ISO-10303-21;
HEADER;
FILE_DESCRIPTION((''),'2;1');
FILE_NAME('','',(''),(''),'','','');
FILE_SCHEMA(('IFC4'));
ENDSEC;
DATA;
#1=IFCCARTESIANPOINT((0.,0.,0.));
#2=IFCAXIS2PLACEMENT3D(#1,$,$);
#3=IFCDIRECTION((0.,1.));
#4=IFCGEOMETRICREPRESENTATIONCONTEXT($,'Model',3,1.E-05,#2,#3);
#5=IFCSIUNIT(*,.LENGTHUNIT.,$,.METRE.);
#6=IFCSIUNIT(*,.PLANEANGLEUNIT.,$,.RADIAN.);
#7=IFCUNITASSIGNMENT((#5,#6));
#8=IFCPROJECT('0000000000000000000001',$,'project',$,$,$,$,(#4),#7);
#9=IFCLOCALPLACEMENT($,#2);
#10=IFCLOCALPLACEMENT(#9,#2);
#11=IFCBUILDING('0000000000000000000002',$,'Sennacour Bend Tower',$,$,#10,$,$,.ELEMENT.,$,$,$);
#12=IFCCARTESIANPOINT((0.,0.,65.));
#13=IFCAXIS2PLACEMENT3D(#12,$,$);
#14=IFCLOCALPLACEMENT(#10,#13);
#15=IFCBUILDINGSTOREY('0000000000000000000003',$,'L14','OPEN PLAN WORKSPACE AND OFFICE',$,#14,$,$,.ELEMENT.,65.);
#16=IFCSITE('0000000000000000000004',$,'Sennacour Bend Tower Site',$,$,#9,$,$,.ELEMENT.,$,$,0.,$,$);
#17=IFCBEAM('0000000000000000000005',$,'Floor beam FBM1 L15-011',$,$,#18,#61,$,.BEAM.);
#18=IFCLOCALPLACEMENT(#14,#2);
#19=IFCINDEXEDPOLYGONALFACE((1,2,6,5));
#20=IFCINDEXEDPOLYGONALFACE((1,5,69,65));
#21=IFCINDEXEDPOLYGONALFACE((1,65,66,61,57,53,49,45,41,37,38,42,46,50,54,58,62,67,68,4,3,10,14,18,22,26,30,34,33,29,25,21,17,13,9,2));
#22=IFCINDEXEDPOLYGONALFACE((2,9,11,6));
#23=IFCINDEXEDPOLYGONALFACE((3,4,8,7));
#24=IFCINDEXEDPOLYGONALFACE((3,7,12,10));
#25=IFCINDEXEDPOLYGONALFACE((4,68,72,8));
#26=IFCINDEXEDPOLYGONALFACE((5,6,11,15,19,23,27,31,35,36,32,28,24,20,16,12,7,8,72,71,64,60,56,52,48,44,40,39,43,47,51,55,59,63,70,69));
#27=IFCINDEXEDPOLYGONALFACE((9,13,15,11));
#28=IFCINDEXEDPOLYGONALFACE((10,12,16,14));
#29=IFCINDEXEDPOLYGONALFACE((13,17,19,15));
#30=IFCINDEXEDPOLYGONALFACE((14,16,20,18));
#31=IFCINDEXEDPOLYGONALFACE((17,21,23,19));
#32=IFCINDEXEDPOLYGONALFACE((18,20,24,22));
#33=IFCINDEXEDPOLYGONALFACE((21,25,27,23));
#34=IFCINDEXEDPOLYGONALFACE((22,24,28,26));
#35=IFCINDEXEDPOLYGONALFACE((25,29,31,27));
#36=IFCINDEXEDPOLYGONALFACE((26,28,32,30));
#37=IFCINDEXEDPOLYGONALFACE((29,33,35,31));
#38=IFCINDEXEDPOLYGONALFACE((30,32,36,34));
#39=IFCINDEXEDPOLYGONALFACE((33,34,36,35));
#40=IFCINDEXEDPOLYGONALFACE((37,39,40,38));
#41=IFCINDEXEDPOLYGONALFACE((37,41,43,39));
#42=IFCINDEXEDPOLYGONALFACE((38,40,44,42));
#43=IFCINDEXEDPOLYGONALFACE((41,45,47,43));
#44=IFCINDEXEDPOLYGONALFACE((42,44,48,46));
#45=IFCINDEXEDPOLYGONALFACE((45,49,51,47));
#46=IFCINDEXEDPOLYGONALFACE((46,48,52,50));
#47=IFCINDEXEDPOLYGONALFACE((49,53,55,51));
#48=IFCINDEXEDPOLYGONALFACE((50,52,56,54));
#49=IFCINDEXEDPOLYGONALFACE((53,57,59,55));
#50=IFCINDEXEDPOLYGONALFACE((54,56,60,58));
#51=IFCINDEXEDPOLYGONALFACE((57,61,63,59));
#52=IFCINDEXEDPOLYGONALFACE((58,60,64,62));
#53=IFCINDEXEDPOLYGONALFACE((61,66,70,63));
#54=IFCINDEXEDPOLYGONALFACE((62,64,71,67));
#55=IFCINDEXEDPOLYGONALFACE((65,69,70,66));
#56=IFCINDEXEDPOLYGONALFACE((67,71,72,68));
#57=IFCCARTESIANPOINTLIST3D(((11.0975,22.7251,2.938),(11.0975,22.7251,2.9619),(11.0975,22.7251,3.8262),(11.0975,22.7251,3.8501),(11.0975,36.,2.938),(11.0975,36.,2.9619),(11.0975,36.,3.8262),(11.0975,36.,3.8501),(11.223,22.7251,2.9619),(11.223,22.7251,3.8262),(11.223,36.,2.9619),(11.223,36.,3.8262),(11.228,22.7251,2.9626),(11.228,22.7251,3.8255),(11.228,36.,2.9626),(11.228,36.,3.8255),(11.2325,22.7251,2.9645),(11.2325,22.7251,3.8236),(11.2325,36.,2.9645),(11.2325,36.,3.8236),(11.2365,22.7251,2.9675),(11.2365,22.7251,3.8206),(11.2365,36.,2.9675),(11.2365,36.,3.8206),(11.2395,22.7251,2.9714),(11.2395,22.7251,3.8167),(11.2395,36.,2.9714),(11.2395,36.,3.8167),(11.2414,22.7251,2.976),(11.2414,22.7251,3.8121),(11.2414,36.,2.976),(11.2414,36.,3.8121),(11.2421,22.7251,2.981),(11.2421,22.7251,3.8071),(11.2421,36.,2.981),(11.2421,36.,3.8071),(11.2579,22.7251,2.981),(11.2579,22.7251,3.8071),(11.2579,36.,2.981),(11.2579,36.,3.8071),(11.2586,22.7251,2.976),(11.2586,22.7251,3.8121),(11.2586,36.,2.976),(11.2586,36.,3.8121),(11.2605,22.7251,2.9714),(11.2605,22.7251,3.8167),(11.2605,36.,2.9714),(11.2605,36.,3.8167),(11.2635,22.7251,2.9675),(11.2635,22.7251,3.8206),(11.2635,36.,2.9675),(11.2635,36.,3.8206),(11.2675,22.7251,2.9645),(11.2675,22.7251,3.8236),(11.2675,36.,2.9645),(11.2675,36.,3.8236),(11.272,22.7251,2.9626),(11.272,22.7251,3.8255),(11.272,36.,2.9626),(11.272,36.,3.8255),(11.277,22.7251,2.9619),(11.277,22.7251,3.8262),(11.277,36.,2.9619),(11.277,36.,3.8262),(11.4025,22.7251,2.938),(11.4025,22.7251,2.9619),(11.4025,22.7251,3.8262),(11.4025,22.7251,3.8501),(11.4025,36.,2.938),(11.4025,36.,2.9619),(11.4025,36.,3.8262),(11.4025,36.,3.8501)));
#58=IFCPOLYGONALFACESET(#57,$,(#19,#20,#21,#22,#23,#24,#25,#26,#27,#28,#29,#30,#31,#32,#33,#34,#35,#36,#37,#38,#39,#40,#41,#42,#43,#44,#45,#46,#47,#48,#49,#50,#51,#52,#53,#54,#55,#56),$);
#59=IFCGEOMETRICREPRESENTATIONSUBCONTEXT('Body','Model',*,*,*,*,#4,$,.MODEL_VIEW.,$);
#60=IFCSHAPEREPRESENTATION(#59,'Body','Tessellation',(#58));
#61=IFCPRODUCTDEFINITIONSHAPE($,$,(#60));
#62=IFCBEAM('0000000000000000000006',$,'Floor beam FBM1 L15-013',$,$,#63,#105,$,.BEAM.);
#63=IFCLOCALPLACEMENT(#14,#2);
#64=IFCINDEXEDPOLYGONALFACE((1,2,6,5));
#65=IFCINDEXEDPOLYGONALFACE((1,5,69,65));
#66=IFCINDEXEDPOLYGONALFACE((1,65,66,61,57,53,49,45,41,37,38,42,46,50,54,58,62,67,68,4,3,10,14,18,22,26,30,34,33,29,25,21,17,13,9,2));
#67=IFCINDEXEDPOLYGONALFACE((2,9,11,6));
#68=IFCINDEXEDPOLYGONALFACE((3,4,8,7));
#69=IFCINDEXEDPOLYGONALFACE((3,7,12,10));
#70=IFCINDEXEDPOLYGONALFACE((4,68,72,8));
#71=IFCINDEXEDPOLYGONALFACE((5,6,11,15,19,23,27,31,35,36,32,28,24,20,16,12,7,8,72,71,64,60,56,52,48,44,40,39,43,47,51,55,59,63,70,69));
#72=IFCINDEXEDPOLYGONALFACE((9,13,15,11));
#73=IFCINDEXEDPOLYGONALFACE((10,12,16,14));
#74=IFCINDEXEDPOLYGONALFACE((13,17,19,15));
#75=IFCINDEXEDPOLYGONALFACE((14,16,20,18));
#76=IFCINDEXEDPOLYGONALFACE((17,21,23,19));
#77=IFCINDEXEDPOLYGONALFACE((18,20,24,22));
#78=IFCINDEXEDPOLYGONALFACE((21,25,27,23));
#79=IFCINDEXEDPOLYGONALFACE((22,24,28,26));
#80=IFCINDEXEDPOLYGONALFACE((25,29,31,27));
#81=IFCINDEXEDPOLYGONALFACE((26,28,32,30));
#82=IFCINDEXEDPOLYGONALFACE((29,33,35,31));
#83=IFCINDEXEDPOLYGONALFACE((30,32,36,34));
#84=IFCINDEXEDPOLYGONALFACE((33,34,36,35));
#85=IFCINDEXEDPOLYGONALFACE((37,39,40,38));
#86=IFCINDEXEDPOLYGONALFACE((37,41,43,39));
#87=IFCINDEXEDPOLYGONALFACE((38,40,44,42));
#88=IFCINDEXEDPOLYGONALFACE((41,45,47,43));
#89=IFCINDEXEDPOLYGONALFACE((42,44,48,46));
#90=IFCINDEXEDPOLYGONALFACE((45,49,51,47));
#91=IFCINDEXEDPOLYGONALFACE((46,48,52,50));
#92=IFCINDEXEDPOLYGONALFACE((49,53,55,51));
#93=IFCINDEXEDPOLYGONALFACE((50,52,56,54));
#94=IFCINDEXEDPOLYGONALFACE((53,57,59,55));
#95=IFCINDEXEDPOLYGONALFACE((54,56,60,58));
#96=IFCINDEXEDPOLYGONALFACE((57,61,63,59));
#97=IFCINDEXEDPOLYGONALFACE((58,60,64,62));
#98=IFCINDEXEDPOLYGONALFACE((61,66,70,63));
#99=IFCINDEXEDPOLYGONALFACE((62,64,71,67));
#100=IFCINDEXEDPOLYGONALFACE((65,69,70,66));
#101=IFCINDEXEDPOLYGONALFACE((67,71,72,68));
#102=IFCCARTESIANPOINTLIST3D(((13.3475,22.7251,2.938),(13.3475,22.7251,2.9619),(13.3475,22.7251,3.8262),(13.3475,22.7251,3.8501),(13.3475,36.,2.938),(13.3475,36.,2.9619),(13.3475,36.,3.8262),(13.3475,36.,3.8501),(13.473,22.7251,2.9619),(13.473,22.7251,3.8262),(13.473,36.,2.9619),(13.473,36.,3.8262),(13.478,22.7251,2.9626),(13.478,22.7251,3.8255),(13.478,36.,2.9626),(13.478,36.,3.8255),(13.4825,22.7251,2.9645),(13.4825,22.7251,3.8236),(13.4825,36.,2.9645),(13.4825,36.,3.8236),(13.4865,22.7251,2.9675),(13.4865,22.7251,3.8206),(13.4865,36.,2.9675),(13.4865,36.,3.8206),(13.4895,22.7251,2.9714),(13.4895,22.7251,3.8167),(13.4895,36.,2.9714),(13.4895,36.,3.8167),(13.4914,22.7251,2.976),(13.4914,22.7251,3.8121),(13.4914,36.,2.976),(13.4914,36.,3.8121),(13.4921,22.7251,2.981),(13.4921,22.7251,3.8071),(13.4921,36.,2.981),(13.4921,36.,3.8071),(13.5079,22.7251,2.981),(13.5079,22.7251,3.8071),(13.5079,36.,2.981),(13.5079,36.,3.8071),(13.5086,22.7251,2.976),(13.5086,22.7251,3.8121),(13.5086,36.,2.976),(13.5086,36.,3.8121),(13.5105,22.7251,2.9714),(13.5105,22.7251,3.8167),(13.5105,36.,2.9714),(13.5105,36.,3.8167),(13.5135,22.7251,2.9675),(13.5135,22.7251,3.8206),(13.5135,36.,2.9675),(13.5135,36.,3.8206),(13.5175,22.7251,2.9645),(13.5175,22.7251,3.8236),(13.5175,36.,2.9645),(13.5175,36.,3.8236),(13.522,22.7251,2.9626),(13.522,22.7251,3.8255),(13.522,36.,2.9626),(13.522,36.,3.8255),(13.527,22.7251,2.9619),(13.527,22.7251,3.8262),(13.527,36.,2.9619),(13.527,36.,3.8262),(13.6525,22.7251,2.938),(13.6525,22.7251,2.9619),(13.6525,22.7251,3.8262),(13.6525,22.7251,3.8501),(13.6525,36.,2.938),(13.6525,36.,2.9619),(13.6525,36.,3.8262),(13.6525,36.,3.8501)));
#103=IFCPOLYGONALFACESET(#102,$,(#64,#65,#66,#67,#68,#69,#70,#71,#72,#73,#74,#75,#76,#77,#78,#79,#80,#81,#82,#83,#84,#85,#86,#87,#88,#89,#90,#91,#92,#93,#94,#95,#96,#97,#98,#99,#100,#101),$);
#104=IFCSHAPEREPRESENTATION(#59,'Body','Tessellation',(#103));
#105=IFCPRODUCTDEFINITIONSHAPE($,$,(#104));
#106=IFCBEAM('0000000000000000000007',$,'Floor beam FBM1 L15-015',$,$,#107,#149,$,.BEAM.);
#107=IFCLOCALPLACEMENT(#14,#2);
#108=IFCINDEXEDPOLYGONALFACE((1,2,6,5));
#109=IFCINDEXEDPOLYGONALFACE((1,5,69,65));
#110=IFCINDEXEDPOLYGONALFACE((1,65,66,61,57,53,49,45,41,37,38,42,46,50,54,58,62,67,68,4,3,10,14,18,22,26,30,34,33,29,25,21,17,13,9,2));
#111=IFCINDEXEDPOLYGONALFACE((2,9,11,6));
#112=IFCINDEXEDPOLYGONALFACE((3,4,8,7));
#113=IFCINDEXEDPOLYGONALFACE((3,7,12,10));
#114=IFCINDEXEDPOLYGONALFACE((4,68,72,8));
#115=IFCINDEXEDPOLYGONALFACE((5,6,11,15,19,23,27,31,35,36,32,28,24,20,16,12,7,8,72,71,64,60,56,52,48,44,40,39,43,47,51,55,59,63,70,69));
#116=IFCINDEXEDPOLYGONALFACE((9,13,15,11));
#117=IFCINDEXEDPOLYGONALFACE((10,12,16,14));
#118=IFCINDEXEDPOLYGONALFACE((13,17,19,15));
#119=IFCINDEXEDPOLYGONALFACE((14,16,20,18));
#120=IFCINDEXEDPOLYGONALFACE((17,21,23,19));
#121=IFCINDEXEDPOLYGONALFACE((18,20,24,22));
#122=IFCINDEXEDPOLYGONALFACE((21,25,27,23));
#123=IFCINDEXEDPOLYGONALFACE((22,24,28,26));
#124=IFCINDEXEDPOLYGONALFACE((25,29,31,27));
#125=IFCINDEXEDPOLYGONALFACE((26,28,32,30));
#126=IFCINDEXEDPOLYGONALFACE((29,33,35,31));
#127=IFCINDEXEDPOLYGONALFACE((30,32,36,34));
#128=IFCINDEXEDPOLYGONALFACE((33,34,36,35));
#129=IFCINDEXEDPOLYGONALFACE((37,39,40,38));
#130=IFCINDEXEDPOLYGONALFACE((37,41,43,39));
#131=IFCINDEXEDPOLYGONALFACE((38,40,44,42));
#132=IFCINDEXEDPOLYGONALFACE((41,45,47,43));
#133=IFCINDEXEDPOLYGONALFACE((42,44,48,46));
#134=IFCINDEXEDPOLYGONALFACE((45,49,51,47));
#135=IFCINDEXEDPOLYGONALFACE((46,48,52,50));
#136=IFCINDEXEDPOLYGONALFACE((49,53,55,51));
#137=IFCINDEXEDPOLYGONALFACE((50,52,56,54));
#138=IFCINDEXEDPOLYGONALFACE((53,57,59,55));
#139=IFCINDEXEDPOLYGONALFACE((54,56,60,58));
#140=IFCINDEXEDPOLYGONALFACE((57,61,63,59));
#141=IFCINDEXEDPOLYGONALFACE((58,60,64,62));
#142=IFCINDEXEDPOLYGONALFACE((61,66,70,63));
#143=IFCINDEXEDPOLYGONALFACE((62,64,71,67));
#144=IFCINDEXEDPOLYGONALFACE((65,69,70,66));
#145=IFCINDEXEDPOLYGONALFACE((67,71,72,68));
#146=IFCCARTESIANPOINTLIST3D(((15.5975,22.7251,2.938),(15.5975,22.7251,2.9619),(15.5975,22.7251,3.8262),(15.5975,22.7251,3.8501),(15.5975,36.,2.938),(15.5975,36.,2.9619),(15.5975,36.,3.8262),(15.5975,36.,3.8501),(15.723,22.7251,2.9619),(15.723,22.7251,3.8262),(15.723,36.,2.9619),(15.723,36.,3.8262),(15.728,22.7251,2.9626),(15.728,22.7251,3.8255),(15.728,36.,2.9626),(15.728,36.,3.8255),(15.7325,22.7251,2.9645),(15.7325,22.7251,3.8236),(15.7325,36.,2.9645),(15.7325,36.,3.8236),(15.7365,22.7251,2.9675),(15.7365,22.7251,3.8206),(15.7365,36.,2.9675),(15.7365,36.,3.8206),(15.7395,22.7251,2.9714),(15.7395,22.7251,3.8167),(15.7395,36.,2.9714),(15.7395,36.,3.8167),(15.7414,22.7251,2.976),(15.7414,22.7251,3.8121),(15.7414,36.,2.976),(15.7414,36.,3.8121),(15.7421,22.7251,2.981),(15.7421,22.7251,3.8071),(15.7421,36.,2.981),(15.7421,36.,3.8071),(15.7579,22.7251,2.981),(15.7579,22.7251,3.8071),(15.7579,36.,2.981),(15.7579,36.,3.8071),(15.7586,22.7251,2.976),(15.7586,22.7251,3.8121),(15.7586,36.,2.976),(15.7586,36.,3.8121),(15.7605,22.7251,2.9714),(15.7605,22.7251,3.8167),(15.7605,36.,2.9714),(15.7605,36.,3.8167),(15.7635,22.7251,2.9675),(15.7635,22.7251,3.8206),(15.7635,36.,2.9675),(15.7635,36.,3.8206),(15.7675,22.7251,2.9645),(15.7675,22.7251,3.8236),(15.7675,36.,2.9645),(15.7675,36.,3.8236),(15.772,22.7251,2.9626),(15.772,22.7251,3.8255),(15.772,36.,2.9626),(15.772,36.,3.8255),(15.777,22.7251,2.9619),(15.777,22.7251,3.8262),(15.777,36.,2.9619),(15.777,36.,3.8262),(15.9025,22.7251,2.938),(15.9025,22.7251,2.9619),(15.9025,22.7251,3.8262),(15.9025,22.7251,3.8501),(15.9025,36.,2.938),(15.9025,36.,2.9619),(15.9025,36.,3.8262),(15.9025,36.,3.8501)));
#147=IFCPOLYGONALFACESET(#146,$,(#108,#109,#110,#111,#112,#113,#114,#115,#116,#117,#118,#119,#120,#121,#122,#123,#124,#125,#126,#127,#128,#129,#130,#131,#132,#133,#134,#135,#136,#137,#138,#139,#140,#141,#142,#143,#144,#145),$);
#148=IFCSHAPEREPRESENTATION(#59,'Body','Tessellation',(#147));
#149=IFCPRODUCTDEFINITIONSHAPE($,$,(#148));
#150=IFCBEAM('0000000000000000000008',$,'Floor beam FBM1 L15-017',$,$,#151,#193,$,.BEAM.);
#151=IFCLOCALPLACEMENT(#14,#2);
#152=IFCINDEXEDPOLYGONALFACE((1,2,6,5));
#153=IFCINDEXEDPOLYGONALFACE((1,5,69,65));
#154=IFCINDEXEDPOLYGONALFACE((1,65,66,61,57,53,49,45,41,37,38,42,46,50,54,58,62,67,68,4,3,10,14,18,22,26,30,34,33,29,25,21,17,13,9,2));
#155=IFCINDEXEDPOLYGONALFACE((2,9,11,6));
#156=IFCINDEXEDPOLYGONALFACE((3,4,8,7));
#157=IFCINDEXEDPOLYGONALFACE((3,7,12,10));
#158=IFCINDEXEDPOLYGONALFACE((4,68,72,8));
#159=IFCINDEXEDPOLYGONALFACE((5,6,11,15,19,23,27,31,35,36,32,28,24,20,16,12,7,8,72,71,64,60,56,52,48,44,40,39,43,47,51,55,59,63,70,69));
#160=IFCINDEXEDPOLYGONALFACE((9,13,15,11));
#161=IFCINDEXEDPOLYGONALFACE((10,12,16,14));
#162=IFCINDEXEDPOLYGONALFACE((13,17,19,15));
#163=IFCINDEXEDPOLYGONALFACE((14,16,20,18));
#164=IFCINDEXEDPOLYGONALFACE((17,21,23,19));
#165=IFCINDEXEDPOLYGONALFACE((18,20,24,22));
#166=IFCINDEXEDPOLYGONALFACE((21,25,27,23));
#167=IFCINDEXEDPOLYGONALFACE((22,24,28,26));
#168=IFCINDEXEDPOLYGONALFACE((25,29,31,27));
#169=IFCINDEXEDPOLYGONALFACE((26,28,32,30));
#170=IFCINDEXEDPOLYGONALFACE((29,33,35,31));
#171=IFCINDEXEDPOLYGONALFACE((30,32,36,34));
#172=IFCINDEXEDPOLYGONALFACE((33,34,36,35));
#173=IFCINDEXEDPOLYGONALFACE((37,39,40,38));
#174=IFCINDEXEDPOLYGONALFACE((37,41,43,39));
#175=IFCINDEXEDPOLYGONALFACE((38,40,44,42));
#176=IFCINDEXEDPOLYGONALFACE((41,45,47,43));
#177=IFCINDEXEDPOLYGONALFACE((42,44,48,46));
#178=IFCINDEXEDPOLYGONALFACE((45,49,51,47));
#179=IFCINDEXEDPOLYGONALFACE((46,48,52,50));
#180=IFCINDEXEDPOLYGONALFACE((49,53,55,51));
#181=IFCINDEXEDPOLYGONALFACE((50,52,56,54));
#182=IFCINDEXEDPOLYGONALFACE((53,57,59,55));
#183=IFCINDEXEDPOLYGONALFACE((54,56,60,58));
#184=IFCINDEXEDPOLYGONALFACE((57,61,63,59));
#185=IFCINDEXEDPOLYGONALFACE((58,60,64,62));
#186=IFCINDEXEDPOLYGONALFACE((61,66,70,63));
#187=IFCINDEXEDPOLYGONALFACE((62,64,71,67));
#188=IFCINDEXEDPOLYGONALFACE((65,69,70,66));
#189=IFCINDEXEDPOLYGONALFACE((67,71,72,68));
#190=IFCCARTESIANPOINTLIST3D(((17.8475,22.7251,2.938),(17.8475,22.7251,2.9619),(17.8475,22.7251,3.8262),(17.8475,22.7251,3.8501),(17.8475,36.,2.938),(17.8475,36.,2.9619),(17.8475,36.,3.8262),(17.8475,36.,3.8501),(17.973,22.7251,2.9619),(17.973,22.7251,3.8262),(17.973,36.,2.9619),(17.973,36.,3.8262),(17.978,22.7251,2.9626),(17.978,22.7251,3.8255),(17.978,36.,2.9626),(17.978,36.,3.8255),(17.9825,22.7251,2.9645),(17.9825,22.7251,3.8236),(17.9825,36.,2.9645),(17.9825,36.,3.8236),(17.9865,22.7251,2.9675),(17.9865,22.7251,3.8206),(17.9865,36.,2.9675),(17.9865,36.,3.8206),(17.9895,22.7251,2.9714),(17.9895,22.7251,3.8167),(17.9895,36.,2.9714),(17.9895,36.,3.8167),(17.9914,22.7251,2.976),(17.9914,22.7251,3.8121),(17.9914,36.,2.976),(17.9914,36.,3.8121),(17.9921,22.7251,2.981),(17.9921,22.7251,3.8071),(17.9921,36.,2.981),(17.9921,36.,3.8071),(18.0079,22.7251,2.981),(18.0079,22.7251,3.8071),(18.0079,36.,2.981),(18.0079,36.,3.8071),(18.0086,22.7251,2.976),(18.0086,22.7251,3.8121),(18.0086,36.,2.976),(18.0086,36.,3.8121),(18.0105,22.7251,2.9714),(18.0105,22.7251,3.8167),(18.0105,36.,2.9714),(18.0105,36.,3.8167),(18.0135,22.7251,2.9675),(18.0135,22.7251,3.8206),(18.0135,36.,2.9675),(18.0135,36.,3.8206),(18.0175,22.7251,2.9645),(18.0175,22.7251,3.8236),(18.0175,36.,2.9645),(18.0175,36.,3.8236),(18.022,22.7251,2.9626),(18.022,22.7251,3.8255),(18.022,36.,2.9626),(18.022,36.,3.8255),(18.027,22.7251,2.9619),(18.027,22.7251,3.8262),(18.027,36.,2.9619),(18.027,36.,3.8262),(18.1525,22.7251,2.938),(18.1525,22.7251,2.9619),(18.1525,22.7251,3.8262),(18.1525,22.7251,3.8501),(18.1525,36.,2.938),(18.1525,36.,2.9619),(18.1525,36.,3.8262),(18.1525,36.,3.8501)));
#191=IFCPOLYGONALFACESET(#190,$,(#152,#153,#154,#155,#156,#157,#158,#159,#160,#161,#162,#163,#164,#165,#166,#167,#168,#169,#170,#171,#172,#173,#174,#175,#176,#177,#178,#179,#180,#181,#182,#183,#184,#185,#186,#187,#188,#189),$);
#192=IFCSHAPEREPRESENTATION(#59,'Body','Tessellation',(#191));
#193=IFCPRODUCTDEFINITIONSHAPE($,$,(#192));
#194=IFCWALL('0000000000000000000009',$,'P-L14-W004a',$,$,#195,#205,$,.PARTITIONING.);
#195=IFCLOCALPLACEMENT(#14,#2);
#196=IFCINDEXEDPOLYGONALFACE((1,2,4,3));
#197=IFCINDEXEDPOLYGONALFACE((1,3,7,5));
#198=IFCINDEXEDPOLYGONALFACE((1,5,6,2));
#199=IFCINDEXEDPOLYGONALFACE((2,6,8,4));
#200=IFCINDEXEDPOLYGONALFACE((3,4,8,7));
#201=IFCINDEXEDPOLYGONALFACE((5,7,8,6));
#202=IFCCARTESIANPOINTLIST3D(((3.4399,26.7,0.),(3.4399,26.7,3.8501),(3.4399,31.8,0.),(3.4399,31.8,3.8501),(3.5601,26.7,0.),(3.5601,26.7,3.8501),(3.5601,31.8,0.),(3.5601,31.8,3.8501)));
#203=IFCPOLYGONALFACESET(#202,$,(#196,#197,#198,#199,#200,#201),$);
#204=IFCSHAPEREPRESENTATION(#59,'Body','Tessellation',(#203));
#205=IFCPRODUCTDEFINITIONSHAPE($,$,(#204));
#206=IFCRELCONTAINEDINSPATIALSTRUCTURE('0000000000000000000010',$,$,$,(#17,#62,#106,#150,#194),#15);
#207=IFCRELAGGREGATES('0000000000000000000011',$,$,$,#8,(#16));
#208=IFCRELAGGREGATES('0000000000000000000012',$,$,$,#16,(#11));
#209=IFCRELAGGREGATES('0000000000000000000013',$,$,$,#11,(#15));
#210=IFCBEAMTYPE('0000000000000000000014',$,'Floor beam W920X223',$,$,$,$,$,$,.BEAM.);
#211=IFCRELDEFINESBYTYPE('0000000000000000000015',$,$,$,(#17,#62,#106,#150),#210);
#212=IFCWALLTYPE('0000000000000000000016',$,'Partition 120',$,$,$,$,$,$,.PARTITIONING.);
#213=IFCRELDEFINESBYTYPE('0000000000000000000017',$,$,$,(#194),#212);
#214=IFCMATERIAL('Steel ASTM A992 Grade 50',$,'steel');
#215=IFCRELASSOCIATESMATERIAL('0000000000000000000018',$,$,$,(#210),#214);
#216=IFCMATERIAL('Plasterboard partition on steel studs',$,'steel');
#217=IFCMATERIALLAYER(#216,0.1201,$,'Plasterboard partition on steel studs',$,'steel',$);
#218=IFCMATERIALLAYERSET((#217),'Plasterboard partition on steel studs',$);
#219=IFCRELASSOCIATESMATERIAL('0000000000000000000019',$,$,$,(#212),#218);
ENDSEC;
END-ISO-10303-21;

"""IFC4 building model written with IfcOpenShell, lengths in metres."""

from ifc_helpers import new_model, si_unit, direction, frame, frame_2d, origin, origin_2d, place, context, subcontext, project, spatial, rectangle, i_section, extrude, material, layer, layer_set, material_profile, profile_set, type_object, element, save


model = new_model("IFC4")

# Units and contexts
model_context = context("Model", 3, precision=1e-05, world=origin(), true_north=direction((0.0, 1.0)))
body_context = subcontext(model_context, "Body", "Model", "MODEL_VIEW")
ifc_project = project(units=[si_unit("LENGTHUNIT", "METRE"), si_unit("PLANEANGLEUNIT", "RADIAN")], contexts=[model_context])

# Site, building, storey
site_placement = place(None, origin())
site = spatial("IfcSite", under=ifc_project, at=site_placement, Name="Sennacour Bend Tower Site", CompositionType="ELEMENT", RefElevation=0.0)
building_placement = place(site_placement, origin())
building = spatial("IfcBuilding", under=site, at=building_placement, Name="Sennacour Bend Tower", CompositionType="ELEMENT")
storey_placement = place(building_placement, frame((0.0, 0.0, 65.0)))
storey = spatial("IfcBuildingStorey", under=building, at=storey_placement, Name="L14", Description="OPEN PLAN WORKSPACE AND OFFICE", CompositionType="ELEMENT", Elevation=65.0)

# Beams
ifc_material_1 = material(Name="Steel ASTM A992 Grade 50", Category="steel")
ifc_material_profile = material_profile(ifc_material_1, i_section(OverallWidth=0.3049, OverallDepth=0.9121, WebThickness=0.0159, FlangeThickness=0.0239, FilletRadius=0.019, at=origin_2d()), Name="Steel ASTM A992 Grade 50", Category="steel")
ifc_profile_set = profile_set([ifc_material_profile], Name="Steel ASTM A992 Grade 50")
beam_type = type_object("IfcBeamType", Name="Floor beam W920X223", PredefinedType="BEAM", material=ifc_profile_set)
for number, where, z_axis, x_axis, name in (
    (1, (11.25, 22.7251, 3.394), (0.0, 1.0, 0.0), (-1.0, 0.0, 0.0), "Floor beam FBM1 L15-011"),
    (2, (13.5, 22.7251, 3.394), (0.0, 1.0, 0.0), (-1.0, 0.0, 0.0), "Floor beam FBM1 L15-013"),
    (3, (15.75, 22.7251, 3.394), (0.0, 1.0, 0.0), (-1.0, 0.0, 0.0), "Floor beam FBM1 L15-015"),
    (4, (18.0, 22.7251, 3.394), (0.0, 1.0, 0.0), (-1.0, 0.0, 0.0), "Floor beam FBM1 L15-017"),
):
    element("IfcBeam", number, at=place(storey_placement, frame(where, z_axis=z_axis, x_axis=x_axis)), inside=storey, type_object=beam_type, Name=name, PredefinedType="BEAM", context=body_context, shape_type="SweptSolid", body=[
        extrude(i_section(OverallWidth=0.3049, OverallDepth=0.9121, WebThickness=0.0159, FlangeThickness=0.0239, FilletRadius=0.019, at=origin_2d()), origin(), (0.0, 0.0, 1.0), 13.2749),
    ])

# Wall
ifc_material_2 = material(Name="Plasterboard partition on steel studs", Category="steel")
ifc_layer_1 = layer(ifc_material_2, 0.1201, Name="Plasterboard partition on steel studs", Category="steel")
ifc_layer_set_1 = layer_set([ifc_layer_1], Name="Plasterboard partition on steel studs")
wall_type_1 = type_object("IfcWallType", Name="Partition 120", PredefinedType="PARTITIONING", material=ifc_layer_set_1)
for number, where, z_axis, x_axis, name in (
    (5, (3.5, 26.7, 0.0), (0.0, 0.0, 1.0), (0.0, 1.0, 0.0), "P-L14-W004a"),
):
    element("IfcWall", number, at=place(storey_placement, frame(where, z_axis=z_axis, x_axis=x_axis)), inside=storey, type_object=wall_type_1, Name=name, PredefinedType="PARTITIONING", context=body_context, shape_type="SweptSolid", body=[
        extrude(rectangle(XDim=5.1001, YDim=0.1201, at=frame_2d((2.55, 0.0))), origin(), (0.0, 0.0, 1.0), 3.8501),
    ])

save(model, "model.ifc")
